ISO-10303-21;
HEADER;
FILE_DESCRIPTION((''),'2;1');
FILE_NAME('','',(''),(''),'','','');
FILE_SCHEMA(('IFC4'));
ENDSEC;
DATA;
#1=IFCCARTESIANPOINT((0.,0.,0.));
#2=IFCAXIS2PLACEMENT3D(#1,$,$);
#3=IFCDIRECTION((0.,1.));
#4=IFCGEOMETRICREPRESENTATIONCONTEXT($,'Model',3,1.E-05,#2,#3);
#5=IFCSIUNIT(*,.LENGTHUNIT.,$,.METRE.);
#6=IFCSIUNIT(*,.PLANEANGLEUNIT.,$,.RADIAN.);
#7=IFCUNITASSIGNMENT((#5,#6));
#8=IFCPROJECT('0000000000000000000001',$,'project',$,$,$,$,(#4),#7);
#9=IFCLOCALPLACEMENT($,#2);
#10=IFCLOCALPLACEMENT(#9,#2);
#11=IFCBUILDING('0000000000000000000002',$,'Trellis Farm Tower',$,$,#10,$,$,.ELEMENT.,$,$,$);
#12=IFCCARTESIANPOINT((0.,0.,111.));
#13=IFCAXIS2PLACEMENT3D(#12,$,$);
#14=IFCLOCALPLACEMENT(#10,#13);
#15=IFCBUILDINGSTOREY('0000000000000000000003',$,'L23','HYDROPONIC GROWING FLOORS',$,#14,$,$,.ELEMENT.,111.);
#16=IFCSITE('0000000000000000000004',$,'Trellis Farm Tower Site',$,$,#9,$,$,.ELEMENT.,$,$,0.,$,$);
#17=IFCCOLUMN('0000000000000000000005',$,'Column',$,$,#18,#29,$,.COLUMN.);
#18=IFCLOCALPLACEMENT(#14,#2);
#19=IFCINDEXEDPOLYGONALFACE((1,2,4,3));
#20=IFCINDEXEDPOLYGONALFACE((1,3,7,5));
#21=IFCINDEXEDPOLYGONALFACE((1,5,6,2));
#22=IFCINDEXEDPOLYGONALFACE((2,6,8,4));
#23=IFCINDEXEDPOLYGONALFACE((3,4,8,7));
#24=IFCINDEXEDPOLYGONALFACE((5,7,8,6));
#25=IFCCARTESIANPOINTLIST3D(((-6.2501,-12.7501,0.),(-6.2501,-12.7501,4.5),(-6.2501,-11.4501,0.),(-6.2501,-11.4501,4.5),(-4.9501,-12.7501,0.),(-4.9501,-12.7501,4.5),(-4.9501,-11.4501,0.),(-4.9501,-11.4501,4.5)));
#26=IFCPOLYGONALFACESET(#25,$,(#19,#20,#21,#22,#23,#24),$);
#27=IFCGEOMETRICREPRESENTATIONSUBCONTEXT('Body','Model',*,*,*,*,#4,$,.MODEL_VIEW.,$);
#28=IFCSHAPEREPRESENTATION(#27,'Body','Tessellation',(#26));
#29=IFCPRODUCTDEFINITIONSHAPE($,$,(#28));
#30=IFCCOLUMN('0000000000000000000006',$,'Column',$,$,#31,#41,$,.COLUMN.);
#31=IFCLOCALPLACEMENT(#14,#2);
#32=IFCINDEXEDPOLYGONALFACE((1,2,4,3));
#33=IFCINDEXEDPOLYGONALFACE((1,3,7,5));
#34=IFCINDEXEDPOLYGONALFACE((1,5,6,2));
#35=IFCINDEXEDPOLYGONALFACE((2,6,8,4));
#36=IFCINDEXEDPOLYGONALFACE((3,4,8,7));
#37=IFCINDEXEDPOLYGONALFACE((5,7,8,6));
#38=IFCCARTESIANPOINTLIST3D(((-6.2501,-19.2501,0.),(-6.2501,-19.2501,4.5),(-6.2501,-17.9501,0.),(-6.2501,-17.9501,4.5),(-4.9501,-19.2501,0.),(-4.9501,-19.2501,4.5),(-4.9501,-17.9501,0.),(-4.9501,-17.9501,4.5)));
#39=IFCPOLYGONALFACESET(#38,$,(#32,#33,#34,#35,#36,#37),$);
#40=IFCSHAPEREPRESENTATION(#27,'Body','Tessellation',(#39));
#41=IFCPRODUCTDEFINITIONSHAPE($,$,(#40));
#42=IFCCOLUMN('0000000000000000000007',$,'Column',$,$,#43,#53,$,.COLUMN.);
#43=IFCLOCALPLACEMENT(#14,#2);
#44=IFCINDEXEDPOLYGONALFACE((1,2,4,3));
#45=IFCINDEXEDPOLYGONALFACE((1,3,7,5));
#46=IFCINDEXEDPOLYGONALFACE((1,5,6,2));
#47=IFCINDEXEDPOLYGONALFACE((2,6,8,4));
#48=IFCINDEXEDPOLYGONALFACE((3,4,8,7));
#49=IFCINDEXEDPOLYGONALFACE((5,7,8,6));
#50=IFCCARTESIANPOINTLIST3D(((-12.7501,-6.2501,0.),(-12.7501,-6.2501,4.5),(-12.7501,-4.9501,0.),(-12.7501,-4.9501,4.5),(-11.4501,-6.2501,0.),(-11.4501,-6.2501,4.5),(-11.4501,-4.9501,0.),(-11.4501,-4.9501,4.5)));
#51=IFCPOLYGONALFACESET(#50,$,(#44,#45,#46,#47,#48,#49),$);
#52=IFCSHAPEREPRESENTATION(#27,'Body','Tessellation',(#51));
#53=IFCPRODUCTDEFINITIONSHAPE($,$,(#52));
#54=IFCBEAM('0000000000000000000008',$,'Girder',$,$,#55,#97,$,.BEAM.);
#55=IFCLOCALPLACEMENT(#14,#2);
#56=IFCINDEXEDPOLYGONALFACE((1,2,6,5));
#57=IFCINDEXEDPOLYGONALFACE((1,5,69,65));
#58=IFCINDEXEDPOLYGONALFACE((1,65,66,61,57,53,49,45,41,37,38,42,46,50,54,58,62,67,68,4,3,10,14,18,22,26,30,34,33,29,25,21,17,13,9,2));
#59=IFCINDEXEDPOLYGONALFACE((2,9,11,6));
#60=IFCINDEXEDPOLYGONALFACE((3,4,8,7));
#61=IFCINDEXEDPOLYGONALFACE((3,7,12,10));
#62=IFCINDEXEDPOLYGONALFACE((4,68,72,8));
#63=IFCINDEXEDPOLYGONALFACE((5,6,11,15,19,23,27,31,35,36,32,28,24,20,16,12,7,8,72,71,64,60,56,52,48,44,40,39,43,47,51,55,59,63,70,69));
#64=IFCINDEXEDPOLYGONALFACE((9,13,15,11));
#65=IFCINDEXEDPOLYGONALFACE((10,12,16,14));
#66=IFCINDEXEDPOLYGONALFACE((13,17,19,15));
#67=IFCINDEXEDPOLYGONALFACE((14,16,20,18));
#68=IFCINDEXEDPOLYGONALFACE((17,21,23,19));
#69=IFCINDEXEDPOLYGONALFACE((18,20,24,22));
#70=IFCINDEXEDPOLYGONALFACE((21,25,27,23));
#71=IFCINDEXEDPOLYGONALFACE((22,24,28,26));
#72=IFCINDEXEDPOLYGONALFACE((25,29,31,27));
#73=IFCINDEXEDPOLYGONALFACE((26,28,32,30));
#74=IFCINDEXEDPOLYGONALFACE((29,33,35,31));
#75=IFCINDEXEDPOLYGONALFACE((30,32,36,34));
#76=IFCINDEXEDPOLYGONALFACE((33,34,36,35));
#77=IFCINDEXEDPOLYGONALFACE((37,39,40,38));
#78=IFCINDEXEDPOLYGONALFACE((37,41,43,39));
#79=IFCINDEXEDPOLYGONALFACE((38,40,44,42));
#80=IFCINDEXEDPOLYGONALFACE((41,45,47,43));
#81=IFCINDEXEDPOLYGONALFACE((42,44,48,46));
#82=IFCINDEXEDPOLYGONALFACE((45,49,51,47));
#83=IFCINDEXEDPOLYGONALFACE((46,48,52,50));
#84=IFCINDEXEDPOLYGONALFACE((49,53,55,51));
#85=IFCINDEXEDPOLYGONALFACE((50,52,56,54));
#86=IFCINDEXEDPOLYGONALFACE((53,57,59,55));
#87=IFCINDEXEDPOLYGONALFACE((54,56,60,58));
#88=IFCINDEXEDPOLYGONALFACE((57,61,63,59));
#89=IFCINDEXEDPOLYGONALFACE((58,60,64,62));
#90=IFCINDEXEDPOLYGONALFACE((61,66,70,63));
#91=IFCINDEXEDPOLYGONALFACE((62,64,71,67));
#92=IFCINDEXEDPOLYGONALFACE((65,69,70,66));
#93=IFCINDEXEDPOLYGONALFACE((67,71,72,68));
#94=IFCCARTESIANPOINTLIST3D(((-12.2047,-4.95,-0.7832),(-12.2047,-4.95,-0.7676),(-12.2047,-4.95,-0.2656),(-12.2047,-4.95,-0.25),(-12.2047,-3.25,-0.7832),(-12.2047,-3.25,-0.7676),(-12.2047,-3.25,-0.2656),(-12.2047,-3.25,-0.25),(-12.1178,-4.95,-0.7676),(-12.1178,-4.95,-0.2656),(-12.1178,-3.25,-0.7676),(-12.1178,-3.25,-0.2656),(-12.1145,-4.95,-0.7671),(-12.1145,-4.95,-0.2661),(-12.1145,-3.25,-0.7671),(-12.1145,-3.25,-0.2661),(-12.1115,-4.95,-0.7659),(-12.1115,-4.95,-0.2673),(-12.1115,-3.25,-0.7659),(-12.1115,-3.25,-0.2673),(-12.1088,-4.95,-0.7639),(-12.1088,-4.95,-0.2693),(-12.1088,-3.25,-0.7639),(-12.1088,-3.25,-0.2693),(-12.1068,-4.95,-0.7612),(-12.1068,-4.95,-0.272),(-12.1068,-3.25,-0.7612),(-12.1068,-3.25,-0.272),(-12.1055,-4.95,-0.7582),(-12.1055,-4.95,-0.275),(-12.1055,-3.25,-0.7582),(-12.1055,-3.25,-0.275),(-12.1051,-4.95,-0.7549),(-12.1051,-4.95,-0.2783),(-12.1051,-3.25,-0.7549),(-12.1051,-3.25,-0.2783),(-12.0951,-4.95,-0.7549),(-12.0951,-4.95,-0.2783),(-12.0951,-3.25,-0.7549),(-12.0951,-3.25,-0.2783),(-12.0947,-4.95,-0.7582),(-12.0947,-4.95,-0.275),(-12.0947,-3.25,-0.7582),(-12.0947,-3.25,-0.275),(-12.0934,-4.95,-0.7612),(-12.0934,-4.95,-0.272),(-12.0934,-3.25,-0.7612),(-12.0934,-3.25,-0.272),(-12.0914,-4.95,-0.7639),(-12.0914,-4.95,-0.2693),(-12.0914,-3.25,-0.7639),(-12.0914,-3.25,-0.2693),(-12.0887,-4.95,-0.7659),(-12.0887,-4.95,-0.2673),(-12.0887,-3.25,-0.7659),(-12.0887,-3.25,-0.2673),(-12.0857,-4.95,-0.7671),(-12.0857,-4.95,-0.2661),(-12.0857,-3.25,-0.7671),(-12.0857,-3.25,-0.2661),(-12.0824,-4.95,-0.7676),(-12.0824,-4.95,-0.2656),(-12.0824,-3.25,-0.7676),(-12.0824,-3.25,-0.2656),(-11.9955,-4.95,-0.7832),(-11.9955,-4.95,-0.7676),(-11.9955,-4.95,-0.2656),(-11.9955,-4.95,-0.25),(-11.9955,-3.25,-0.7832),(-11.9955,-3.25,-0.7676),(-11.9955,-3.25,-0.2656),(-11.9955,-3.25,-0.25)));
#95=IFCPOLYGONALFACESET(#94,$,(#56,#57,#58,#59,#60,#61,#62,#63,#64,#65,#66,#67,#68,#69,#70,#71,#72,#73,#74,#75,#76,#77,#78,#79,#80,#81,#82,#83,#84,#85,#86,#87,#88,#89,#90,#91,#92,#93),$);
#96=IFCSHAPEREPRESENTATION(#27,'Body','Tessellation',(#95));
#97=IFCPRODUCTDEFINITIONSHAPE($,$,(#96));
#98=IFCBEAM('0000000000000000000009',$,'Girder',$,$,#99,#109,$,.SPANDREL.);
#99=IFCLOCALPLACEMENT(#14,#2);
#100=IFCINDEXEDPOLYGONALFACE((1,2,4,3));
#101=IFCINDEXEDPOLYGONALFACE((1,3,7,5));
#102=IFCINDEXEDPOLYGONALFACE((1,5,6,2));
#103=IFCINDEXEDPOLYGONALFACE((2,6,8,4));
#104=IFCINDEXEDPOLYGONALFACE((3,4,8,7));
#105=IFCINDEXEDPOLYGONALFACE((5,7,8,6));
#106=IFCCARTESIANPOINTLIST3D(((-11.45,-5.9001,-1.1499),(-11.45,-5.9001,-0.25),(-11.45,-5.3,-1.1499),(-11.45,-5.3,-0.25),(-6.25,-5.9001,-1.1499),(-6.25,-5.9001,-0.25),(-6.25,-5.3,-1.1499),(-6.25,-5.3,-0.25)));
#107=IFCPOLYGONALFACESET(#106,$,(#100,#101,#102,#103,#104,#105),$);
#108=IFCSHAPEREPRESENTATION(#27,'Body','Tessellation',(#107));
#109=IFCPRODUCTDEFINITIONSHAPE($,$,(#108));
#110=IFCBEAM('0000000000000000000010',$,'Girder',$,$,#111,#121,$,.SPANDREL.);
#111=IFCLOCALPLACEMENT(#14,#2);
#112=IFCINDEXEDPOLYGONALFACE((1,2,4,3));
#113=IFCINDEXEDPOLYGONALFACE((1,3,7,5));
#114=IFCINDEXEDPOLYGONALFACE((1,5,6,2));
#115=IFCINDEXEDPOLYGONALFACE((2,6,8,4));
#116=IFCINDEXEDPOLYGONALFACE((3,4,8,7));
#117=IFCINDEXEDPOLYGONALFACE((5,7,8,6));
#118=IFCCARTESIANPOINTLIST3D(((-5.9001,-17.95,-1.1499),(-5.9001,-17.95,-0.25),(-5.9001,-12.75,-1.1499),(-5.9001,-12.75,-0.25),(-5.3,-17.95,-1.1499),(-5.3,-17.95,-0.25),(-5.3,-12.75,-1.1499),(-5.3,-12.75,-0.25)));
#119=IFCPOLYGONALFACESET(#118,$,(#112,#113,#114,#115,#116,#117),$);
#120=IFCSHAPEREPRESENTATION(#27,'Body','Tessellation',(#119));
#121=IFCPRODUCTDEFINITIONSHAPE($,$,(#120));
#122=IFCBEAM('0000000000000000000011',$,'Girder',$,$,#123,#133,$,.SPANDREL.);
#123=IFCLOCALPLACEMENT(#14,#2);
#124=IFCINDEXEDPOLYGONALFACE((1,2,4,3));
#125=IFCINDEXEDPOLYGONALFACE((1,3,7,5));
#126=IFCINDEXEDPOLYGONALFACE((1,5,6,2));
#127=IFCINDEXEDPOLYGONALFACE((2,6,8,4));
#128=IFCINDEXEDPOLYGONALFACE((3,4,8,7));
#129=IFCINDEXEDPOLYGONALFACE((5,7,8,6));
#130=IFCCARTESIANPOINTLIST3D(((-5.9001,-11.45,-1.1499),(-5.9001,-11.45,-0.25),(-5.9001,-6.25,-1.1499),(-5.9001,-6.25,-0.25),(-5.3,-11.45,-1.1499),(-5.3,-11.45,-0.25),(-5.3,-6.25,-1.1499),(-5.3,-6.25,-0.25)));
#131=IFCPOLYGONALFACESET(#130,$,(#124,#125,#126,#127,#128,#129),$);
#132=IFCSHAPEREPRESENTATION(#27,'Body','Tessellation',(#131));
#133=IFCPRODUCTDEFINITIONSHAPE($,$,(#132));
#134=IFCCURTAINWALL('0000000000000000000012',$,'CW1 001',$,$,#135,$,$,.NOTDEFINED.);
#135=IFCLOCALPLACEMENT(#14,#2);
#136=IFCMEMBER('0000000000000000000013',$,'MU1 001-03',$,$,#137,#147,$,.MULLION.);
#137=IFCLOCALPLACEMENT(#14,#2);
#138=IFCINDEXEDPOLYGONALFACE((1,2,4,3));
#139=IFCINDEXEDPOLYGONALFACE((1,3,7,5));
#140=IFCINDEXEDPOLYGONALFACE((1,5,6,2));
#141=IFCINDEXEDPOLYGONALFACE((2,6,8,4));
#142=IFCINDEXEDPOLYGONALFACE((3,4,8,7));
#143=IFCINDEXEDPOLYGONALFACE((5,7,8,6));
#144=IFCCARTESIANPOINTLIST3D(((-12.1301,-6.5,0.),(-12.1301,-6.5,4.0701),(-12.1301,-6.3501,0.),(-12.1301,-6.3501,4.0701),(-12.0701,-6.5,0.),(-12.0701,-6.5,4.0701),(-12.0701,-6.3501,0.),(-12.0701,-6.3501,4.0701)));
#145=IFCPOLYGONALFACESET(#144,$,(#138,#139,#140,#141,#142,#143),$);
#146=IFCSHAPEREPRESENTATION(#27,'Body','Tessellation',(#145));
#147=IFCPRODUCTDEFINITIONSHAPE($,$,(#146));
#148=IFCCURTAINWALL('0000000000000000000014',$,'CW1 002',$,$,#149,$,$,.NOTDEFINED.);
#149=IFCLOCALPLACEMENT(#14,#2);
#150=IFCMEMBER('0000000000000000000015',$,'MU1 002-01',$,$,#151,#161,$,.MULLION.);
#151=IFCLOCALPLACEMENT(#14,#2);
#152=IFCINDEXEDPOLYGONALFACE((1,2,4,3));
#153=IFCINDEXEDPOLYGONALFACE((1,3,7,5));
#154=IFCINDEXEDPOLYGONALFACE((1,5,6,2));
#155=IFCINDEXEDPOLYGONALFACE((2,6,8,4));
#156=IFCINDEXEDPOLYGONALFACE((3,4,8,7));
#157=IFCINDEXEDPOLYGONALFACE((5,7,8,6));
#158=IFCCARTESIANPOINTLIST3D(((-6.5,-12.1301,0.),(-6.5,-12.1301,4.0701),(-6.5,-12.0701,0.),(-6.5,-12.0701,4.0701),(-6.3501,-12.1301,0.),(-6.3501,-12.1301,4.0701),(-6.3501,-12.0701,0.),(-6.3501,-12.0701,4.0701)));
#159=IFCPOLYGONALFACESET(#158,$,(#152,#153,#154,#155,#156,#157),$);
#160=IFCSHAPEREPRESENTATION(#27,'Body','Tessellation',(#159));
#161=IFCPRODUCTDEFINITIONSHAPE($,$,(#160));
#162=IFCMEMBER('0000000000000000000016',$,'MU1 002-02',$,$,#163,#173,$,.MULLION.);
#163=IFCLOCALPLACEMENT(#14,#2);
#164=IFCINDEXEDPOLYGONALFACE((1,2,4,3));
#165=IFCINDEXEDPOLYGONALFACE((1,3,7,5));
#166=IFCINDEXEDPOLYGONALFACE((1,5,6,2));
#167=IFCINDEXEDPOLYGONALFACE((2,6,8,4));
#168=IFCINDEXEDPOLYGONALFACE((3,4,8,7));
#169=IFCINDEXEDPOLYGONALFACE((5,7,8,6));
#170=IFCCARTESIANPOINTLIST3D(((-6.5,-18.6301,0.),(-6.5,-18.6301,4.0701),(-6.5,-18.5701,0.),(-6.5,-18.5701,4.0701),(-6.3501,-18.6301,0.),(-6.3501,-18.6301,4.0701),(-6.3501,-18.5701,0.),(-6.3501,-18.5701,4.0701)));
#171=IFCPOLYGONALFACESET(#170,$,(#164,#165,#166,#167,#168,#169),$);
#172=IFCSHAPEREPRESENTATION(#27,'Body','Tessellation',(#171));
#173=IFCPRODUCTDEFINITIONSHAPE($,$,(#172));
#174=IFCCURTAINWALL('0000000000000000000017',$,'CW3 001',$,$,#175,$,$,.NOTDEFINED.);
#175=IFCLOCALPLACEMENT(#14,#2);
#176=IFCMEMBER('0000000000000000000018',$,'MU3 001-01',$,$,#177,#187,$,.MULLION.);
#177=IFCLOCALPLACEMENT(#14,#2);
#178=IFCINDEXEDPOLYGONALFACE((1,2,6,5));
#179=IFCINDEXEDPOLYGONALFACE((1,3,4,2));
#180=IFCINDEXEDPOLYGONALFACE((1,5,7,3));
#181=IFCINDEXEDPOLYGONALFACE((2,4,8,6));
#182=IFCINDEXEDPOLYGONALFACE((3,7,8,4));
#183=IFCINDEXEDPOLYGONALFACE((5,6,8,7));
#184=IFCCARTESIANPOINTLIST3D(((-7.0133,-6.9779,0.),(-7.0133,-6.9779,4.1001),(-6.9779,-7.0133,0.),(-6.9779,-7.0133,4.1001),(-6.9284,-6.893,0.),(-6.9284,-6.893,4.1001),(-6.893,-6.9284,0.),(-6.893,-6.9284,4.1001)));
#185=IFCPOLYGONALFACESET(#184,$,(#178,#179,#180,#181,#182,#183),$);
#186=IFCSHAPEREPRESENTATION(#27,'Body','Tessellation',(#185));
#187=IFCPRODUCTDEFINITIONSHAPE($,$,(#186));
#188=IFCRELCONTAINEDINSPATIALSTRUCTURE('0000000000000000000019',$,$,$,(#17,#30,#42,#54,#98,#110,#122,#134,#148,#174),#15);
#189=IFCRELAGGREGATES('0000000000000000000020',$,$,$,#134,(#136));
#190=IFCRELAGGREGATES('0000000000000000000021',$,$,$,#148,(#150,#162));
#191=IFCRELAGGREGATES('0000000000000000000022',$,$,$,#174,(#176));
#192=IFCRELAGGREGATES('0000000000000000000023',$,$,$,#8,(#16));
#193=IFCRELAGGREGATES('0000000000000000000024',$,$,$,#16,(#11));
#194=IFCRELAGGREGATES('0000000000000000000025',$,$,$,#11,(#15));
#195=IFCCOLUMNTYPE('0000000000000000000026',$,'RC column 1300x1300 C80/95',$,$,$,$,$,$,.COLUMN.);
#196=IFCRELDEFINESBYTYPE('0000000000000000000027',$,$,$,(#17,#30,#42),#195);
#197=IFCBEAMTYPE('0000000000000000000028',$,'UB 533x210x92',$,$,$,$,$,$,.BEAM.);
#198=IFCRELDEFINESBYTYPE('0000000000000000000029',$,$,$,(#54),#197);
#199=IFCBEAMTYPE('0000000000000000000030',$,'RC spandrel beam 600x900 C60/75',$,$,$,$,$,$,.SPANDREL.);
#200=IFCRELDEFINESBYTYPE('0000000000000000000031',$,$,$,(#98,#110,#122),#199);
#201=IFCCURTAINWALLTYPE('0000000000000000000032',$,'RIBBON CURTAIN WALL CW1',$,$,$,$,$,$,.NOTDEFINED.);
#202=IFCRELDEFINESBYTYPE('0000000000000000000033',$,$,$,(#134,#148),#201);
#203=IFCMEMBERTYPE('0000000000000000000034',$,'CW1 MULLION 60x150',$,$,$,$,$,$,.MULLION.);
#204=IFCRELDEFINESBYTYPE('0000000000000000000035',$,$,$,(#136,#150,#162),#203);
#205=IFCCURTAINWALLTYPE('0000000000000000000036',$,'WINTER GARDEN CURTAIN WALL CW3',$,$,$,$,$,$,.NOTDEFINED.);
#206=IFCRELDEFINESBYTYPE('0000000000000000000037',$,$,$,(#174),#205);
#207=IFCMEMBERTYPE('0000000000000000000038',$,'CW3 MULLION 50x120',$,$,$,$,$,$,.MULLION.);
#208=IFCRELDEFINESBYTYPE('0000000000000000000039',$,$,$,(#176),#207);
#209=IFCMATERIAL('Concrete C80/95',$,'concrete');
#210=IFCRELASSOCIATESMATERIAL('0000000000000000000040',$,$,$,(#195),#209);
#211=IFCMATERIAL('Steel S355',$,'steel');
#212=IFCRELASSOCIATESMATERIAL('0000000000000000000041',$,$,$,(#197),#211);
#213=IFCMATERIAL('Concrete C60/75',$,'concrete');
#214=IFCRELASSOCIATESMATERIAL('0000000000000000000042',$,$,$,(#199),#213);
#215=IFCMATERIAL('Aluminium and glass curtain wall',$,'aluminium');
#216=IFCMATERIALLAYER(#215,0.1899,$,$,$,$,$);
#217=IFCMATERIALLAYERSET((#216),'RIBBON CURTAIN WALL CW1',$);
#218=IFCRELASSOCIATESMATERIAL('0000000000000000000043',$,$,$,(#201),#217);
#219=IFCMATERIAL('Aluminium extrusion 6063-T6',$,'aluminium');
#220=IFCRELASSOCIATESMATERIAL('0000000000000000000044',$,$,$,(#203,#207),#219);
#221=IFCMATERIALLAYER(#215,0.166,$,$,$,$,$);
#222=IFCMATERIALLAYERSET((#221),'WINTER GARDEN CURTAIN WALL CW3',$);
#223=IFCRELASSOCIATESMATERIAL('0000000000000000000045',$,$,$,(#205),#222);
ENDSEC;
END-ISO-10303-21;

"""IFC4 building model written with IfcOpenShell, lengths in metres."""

from ifc_helpers import new_model, si_unit, direction, frame, origin, origin_2d, place, context, subcontext, project, spatial, rectangle, i_section, extrude, source, transform, mapped, material, layer, layer_set, material_profile, profile_set, type_object, element, aggregate, save


model = new_model("IFC4")

# Units and contexts
model_context = context("Model", 3, precision=1e-05, world=origin(), true_north=direction((0.0, 1.0)))
body_context = subcontext(model_context, "Body", "Model", "MODEL_VIEW")
ifc_project = project(units=[si_unit("LENGTHUNIT", "METRE"), si_unit("PLANEANGLEUNIT", "RADIAN")], contexts=[model_context])

# Site, building, storey
site_placement = place(None, origin())
site = spatial("IfcSite", under=ifc_project, at=site_placement, Name="Trellis Farm Tower Site", CompositionType="ELEMENT", RefElevation=0.0)
building_placement = place(site_placement, origin())
building = spatial("IfcBuilding", under=site, at=building_placement, Name="Trellis Farm Tower", CompositionType="ELEMENT")
storey_placement = place(building_placement, frame((0.0, 0.0, 111.0)))
storey = spatial("IfcBuildingStorey", under=building, at=storey_placement, Name="L23", Description="HYDROPONIC GROWING FLOORS", CompositionType="ELEMENT", Elevation=111.0)

# Columns
ifc_material_1 = material(Name="Concrete C80/95", Category="concrete")
ifc_material_profile_1 = material_profile(ifc_material_1, rectangle(XDim=1.3, YDim=1.3, at=origin_2d()), Name="RC column 1300x1300 C80/95")
ifc_profile_set_1 = profile_set([ifc_material_profile_1], Name="Concrete C80/95")
column_type = type_object("IfcColumnType", Name="RC column 1300x1300 C80/95", PredefinedType="COLUMN", material=ifc_profile_set_1)
shared_shape_1 = source(origin(), body_context, "Body", "SweptSolid", [
    extrude(rectangle(XDim=1.3, YDim=1.3, at=origin_2d()), origin(), (0.0, 0.0, 1.0), 4.5),
])
for number, where, z_axis, x_axis, name in (
    (1, (-5.6001, -12.1001, 0.0), (0.0, 0.0, 1.0), (1.0, 0.0, 0.0), "Column"),
    (2, (-5.6001, -18.6001, 0.0), (0.0, 0.0, 1.0), (1.0, 0.0, 0.0), "Column"),
    (3, (-12.1001, -5.6001, 0.0), (0.0, 0.0, 1.0), (1.0, 0.0, 0.0), "Column"),
):
    element("IfcColumn", number, at=place(storey_placement, frame(where, z_axis=z_axis, x_axis=x_axis)), inside=storey, type_object=column_type, Name=name, PredefinedType="COLUMN", context=body_context, shape_type="MappedRepresentation", body=[
        mapped(shared_shape_1, transform((0.0, 0.0, 0.0))),
    ])

# Beams
ifc_material_2 = material(Name="Steel S355", Category="steel")
ifc_material_profile_2 = material_profile(ifc_material_2, i_section(OverallWidth=0.2092, OverallDepth=0.5332, WebThickness=0.01, FlangeThickness=0.0156, FilletRadius=0.0127, at=origin_2d()), Name="UB 533x210x92")
ifc_profile_set_2 = profile_set([ifc_material_profile_2], Name="Steel S355")
beam_type_1 = type_object("IfcBeamType", Name="UB 533x210x92", PredefinedType="BEAM", material=ifc_profile_set_2)
shared_shape_2 = source(origin(), body_context, "Body", "SweptSolid", [
    extrude(i_section(OverallWidth=0.2092, OverallDepth=0.5332, WebThickness=0.01, FlangeThickness=0.0156, FilletRadius=0.0127, at=origin_2d()), origin(), (0.0, 0.0, 1.0), 1.7),
])
beam_placement = place(storey_placement, frame((-12.1001, -4.95, -0.5166), z_axis=(0.0, 1.0, 0.0), x_axis=(-1.0, 0.0, 0.0)))
element("IfcBeam", 4, at=beam_placement, inside=storey, type_object=beam_type_1, Name="Girder", PredefinedType="BEAM", context=body_context, shape_type="MappedRepresentation", body=[
    mapped(shared_shape_2, transform((0.0, 0.0, 0.0))),
])
ifc_material_3 = material(Name="Concrete C60/75", Category="concrete")
ifc_material_profile_3 = material_profile(ifc_material_3, rectangle(XDim=0.6001, YDim=0.8999, at=origin_2d()), Name="RC spandrel beam 600x900 C60/75")
ifc_profile_set_3 = profile_set([ifc_material_profile_3], Name="Concrete C60/75")
beam_type_2 = type_object("IfcBeamType", Name="RC spandrel beam 600x900 C60/75", PredefinedType="SPANDREL", material=ifc_profile_set_3)
shared_shape_3 = source(origin(), body_context, "Body", "SweptSolid", [
    extrude(rectangle(XDim=0.6001, YDim=0.8999, at=origin_2d()), origin(), (0.0, 0.0, 1.0), 5.2),
])
for number, where, z_axis, x_axis, name in (
    (5, (-11.45, -5.6001, -0.7), (1.0, 0.0, 0.0), (0.0, 1.0, 0.0), "Girder"),
    (6, (-5.6001, -17.95, -0.7), (0.0, 1.0, 0.0), (-1.0, 0.0, 0.0), "Girder"),
    (7, (-5.6001, -11.45, -0.7), (0.0, 1.0, 0.0), (-1.0, 0.0, 0.0), "Girder"),
):
    element("IfcBeam", number, at=place(storey_placement, frame(where, z_axis=z_axis, x_axis=x_axis)), inside=storey, type_object=beam_type_2, Name=name, PredefinedType="SPANDREL", context=body_context, shape_type="MappedRepresentation", body=[
        mapped(shared_shape_3, transform((0.0, 0.0, 0.0))),
    ])

# Curtain wall, member
ifc_material_4 = material(Name="Aluminium and glass curtain wall", Category="aluminium")
ifc_layer_1 = layer(ifc_material_4, 0.1899)
ifc_layer_set_1 = layer_set([ifc_layer_1], Name="RIBBON CURTAIN WALL CW1")
curtain_wall_type_1 = type_object("IfcCurtainWallType", Name="RIBBON CURTAIN WALL CW1", PredefinedType="NOTDEFINED", material=ifc_layer_set_1)
placement = place(storey_placement, origin())
curtain_wall_1 = element("IfcCurtainWall", 8, at=placement, inside=storey, type_object=curtain_wall_type_1, Name="CW1 001", PredefinedType="NOTDEFINED")
ifc_material_5 = material(Name="Aluminium extrusion 6063-T6", Category="aluminium")
ifc_material_profile_4 = material_profile(ifc_material_5, rectangle(XDim=0.0601, YDim=0.1499, at=origin_2d()), Name="MULLION 60x150")
ifc_profile_set_4 = profile_set([ifc_material_profile_4], Name="Aluminium extrusion 6063-T6")
member_type_1 = type_object("IfcMemberType", Name="CW1 MULLION 60x150", PredefinedType="MULLION", material=ifc_profile_set_4)
shared_shape_4 = source(origin(), body_context, "Body", "SweptSolid", [
    extrude(rectangle(XDim=0.0601, YDim=0.1499, at=origin_2d()), origin(), (0.0, 0.0, 1.0), 4.0701),
])
member_1_placement = place(storey_placement, frame((-12.1001, -6.425, 0.0), z_axis=(0.0, 0.0, 1.0), x_axis=(1.0, 0.0, 0.0)))
member_1 = element("IfcMember", 9, at=member_1_placement, type_object=member_type_1, Name="MU1 001-03", PredefinedType="MULLION", context=body_context, shape_type="MappedRepresentation", body=[
    mapped(shared_shape_4, transform((0.0, 0.0, 0.0))),
])
aggregate(curtain_wall_1, [member_1])

# Curtain wall, members
curtain_wall_2 = element("IfcCurtainWall", 10, at=placement, inside=storey, type_object=curtain_wall_type_1, Name="CW1 002", PredefinedType="NOTDEFINED")
member_2_placement = place(storey_placement, frame((-6.425, -12.1001, 0.0), z_axis=(0.0, 0.0, 1.0), x_axis=(0.0, -1.0, 0.0)))
member_2 = element("IfcMember", 11, at=member_2_placement, type_object=member_type_1, Name="MU1 002-01", PredefinedType="MULLION", context=body_context, shape_type="MappedRepresentation", body=[
    mapped(shared_shape_4, transform((0.0, 0.0, 0.0))),
])
member_3_placement = place(storey_placement, frame((-6.425, -18.6001, 0.0), z_axis=(0.0, 0.0, 1.0), x_axis=(0.0, -1.0, 0.0)))
member_3 = element("IfcMember", 12, at=member_3_placement, type_object=member_type_1, Name="MU1 002-02", PredefinedType="MULLION", context=body_context, shape_type="MappedRepresentation", body=[
    mapped(shared_shape_4, transform((0.0, 0.0, 0.0))),
])
aggregate(curtain_wall_2, [member_2, member_3])

# Curtain wall, member
ifc_layer_2 = layer(ifc_material_4, 0.166)
ifc_layer_set_2 = layer_set([ifc_layer_2], Name="WINTER GARDEN CURTAIN WALL CW3")
curtain_wall_type_2 = type_object("IfcCurtainWallType", Name="WINTER GARDEN CURTAIN WALL CW3", PredefinedType="NOTDEFINED", material=ifc_layer_set_2)
curtain_wall_3 = element("IfcCurtainWall", 13, at=placement, inside=storey, type_object=curtain_wall_type_2, Name="CW3 001", PredefinedType="NOTDEFINED")
ifc_material_profile_5 = material_profile(ifc_material_5, rectangle(XDim=0.05, YDim=0.1201, at=origin_2d()), Name="MULLION 50x120")
ifc_profile_set_5 = profile_set([ifc_material_profile_5], Name="Aluminium extrusion 6063-T6")
member_type_2 = type_object("IfcMemberType", Name="CW3 MULLION 50x120", PredefinedType="MULLION", material=ifc_profile_set_5)
shared_shape_5 = source(origin(), body_context, "Body", "SweptSolid", [
    extrude(rectangle(XDim=0.05, YDim=0.1201, at=origin_2d()), origin(), (0.0, 0.0, 1.0), 4.1001),
])
member_4_placement = place(storey_placement, frame((-6.9531, -6.9531, 0.0), z_axis=(0.0, 0.0, 1.0), x_axis=(0.707107, -0.707107, 0.0)))
member_4 = element("IfcMember", 14, at=member_4_placement, type_object=member_type_2, Name="MU3 001-01", PredefinedType="MULLION", context=body_context, shape_type="MappedRepresentation", body=[
    mapped(shared_shape_5, transform((0.0, 0.0, 0.0))),
])
aggregate(curtain_wall_3, [member_4])

save(model, "model.ifc")
